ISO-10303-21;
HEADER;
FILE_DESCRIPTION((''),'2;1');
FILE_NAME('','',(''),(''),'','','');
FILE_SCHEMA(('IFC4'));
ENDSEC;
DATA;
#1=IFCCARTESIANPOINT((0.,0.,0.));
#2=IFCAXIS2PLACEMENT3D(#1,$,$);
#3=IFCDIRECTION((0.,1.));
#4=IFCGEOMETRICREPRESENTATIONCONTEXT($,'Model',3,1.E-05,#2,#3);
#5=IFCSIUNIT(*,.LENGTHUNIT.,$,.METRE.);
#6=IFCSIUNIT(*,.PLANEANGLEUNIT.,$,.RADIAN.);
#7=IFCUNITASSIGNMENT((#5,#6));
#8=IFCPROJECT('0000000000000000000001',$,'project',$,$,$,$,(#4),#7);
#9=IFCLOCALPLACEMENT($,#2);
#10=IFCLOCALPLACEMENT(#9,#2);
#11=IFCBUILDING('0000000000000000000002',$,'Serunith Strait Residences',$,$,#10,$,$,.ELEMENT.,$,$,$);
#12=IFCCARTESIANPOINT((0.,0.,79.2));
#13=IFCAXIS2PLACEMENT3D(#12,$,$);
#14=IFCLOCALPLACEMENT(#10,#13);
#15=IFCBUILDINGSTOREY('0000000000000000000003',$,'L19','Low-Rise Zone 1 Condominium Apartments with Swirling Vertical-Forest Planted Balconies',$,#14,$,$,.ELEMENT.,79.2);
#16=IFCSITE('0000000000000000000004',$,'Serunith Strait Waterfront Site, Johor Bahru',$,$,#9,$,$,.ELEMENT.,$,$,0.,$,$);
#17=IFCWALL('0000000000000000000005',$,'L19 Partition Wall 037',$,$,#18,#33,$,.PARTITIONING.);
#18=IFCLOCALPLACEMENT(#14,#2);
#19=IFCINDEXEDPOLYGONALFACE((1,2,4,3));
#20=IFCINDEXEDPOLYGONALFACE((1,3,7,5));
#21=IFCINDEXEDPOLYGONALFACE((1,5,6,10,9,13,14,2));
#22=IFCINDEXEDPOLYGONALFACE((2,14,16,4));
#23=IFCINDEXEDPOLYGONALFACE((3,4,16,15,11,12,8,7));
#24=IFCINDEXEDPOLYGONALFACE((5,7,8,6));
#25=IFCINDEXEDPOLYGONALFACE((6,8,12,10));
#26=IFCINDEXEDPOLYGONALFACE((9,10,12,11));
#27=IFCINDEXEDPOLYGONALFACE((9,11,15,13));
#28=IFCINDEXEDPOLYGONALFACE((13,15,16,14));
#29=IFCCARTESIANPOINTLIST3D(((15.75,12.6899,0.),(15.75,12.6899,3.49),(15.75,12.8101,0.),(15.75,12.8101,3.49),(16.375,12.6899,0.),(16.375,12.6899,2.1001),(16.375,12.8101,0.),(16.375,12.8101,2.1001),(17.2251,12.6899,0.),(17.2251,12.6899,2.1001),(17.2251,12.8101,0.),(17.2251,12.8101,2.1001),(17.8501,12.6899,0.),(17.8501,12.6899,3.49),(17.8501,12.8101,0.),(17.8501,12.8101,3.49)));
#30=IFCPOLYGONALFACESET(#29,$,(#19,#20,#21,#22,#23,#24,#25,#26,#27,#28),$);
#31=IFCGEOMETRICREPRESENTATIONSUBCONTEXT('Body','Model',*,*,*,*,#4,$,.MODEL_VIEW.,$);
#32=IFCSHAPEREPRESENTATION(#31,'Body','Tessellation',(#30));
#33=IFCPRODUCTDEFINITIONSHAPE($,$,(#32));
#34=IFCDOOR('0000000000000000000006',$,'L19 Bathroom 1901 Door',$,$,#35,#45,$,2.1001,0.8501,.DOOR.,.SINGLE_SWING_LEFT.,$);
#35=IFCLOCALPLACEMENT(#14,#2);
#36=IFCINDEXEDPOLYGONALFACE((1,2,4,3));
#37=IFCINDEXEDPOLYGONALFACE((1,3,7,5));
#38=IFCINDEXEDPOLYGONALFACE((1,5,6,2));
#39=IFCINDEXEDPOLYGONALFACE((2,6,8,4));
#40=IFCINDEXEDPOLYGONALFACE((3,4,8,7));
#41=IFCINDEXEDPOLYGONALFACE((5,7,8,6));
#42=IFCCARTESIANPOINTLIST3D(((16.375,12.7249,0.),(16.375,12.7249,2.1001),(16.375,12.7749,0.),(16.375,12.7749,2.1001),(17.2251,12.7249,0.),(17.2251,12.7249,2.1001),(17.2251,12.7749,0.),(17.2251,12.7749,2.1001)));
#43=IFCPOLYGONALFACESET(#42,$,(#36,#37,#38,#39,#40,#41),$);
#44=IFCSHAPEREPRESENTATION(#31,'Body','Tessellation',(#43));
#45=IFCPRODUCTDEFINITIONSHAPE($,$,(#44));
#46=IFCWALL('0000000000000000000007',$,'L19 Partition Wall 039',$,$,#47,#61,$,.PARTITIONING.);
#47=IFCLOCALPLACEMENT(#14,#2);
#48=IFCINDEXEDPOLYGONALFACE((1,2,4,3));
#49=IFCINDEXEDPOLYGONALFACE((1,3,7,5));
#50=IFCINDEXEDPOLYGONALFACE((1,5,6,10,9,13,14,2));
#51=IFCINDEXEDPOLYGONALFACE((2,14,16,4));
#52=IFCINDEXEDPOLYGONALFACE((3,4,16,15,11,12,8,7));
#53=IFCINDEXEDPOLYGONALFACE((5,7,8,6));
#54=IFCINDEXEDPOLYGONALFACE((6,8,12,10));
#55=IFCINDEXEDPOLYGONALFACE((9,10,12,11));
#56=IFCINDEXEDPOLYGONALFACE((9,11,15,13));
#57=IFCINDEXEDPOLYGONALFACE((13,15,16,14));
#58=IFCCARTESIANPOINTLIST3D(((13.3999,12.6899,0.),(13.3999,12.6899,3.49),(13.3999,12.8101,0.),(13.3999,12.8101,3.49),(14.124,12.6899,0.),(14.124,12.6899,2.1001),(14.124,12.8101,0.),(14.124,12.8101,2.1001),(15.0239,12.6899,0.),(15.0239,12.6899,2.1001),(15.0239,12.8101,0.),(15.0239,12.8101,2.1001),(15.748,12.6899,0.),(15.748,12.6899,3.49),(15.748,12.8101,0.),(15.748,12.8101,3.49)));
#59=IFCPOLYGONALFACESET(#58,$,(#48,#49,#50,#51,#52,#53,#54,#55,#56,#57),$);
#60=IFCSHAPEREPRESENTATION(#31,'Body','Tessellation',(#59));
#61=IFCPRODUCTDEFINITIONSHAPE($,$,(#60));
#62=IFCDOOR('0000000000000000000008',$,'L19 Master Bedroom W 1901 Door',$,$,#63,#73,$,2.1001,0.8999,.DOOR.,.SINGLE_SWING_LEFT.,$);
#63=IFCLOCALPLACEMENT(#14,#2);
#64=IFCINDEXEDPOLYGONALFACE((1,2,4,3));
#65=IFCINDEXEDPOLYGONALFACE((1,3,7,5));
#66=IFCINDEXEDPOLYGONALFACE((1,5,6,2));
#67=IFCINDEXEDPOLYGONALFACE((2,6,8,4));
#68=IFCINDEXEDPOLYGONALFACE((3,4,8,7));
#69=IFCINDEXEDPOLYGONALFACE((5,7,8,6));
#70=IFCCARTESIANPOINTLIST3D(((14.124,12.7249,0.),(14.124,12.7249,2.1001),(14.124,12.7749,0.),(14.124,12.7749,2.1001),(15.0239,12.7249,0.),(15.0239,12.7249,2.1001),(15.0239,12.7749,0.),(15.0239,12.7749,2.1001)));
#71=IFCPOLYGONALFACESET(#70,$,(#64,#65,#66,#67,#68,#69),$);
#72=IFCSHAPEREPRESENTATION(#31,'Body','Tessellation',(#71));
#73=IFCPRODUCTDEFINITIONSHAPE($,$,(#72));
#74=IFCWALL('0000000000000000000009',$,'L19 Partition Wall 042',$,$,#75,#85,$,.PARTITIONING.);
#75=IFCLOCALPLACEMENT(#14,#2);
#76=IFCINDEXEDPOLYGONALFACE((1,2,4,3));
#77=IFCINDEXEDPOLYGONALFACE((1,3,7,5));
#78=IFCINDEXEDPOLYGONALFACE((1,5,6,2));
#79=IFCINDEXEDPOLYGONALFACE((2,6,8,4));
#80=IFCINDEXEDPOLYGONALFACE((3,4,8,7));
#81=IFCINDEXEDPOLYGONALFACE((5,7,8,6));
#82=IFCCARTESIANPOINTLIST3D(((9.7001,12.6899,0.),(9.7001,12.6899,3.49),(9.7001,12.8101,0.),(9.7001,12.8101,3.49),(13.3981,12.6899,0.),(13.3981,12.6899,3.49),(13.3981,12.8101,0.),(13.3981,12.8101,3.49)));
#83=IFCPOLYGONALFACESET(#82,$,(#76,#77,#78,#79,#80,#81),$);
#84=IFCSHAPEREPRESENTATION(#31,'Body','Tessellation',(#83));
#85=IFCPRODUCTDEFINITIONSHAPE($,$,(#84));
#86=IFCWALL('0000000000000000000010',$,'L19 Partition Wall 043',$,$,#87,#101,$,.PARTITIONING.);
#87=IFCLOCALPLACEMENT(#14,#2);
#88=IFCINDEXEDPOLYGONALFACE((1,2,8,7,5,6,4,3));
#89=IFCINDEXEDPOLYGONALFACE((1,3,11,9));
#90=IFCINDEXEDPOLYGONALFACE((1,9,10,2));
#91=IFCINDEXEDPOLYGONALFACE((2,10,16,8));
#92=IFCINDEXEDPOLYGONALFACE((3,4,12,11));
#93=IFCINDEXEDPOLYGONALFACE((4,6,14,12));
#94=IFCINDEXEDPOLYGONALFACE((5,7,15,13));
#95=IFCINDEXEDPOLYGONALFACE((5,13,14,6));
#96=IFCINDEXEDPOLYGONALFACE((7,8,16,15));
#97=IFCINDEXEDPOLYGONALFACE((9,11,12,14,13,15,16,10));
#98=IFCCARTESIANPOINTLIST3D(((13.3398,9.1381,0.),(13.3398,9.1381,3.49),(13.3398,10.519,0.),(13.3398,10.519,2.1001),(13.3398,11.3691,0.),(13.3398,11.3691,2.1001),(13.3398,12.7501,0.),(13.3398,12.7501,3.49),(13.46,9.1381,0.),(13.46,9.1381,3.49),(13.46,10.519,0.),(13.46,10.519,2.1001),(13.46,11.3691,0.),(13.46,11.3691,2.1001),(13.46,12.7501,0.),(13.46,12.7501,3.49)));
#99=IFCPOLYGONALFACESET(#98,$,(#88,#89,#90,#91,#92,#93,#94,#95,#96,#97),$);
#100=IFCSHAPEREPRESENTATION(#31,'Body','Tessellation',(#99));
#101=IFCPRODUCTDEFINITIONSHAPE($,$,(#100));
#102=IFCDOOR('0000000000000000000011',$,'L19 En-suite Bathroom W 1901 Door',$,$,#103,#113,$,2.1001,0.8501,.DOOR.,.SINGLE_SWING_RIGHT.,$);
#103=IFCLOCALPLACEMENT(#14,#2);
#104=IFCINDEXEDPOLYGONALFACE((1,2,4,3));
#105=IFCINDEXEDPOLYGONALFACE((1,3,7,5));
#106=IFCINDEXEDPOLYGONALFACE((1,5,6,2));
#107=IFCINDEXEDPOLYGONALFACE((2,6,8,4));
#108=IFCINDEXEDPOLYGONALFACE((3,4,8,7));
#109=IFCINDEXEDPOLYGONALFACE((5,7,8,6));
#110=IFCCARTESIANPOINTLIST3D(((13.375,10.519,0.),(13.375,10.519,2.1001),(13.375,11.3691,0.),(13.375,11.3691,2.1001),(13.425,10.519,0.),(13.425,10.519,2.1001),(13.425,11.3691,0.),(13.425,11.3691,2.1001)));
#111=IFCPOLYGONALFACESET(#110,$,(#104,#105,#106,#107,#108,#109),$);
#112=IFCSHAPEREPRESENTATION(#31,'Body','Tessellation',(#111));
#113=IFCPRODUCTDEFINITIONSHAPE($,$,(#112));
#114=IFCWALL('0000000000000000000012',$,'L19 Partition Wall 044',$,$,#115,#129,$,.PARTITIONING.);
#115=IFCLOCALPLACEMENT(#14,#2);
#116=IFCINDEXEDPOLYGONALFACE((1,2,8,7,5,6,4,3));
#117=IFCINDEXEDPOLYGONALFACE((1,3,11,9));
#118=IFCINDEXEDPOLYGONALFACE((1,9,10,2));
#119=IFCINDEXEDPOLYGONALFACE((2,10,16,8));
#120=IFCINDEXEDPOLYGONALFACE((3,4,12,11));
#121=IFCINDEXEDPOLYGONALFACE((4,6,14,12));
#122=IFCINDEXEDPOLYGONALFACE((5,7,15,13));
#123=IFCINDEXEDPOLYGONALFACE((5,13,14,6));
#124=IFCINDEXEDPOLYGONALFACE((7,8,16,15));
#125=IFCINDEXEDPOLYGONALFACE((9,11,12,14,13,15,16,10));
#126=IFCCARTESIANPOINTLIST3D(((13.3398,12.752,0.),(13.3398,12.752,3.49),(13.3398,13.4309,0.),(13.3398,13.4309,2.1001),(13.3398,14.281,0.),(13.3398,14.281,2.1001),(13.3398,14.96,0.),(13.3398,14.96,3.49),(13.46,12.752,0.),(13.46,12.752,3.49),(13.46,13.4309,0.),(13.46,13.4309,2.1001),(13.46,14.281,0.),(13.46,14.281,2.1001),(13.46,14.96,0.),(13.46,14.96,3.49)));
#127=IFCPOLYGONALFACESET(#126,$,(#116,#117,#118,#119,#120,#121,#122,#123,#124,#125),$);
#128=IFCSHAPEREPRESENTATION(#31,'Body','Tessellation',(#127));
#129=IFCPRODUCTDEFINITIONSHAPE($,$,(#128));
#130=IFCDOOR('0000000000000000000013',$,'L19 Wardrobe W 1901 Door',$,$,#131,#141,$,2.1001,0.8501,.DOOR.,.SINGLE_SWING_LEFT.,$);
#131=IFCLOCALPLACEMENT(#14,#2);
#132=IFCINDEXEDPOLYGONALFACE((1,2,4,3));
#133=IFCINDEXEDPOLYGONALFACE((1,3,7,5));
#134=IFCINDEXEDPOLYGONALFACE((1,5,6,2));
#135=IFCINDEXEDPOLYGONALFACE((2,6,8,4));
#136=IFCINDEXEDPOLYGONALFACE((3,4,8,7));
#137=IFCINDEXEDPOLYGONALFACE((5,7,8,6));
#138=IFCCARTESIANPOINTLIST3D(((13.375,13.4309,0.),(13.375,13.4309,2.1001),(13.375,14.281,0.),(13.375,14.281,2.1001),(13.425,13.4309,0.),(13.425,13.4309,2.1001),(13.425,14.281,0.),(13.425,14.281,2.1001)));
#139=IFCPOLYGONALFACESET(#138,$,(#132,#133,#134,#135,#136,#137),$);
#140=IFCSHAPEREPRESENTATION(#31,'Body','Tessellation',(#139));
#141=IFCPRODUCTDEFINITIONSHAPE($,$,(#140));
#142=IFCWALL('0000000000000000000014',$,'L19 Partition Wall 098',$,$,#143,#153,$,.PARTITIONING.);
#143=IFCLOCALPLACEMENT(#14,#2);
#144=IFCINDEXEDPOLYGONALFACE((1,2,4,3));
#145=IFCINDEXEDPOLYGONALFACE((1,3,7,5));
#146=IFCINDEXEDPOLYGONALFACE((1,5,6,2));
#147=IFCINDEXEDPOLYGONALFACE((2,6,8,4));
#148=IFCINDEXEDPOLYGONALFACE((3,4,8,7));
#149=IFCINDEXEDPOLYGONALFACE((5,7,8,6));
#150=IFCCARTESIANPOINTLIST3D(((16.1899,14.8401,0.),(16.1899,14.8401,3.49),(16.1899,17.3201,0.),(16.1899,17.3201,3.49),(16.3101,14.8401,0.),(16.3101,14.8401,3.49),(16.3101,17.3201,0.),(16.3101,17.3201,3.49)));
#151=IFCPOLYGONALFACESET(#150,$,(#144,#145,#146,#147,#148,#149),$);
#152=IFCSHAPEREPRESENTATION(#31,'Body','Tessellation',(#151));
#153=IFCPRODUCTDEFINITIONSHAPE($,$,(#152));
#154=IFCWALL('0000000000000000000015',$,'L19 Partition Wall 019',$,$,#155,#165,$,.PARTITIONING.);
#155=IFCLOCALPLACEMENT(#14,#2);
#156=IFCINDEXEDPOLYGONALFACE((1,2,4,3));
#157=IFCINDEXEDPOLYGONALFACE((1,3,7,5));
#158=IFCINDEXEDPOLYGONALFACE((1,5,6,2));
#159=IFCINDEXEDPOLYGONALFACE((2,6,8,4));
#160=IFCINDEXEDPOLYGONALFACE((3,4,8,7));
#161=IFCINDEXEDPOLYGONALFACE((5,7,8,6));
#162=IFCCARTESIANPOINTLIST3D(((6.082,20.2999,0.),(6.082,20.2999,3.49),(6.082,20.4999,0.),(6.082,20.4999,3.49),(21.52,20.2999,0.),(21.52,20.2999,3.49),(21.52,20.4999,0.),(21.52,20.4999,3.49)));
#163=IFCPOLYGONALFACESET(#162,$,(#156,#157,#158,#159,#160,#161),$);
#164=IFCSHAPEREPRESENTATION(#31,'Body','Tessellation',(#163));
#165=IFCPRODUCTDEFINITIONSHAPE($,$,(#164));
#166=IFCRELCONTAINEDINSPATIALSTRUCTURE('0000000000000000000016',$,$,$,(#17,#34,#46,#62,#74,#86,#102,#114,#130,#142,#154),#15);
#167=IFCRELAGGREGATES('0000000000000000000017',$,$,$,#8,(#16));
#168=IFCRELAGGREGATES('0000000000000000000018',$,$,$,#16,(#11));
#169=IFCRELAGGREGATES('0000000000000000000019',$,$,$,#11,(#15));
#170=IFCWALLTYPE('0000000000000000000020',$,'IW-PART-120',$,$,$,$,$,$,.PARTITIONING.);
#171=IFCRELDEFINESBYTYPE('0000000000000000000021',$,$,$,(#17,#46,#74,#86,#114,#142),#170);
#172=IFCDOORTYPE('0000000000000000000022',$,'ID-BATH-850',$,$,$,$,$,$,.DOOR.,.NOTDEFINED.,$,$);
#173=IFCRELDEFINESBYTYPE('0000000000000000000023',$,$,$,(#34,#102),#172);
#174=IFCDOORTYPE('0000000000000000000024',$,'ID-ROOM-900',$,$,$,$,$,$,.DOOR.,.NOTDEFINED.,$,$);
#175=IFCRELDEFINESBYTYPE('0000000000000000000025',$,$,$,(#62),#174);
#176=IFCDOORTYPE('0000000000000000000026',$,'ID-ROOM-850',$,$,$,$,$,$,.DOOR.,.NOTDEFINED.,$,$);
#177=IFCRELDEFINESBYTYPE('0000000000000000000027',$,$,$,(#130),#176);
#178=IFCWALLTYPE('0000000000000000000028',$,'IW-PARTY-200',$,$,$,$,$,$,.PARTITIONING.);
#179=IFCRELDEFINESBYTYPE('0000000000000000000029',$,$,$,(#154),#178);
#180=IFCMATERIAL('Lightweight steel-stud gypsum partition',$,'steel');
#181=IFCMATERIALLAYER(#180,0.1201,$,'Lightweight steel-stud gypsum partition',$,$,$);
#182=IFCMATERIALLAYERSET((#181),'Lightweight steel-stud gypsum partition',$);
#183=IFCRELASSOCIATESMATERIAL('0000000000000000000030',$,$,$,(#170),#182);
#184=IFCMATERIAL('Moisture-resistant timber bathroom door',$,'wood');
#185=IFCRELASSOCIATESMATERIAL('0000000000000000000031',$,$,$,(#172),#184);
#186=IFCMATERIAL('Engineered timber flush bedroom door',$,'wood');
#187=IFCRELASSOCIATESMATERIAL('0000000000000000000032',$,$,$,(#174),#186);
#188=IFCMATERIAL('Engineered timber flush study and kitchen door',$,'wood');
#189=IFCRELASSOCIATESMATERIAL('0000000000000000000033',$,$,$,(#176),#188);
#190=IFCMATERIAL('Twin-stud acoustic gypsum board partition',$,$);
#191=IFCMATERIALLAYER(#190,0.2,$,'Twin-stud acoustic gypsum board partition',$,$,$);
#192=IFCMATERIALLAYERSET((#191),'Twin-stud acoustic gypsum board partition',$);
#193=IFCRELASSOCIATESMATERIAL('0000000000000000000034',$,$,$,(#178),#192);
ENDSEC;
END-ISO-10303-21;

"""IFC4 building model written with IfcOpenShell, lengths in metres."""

from ifc_helpers import new_model, si_unit, direction, frame, frame_2d, origin, place, context, subcontext, project, spatial, rectangle, extrude, source, transform, mapped, material, layer, layer_set, type_object, element, fill, save


model = new_model("IFC4")

# Units and contexts
model_context = context("Model", 3, precision=1e-05, world=origin(), true_north=direction((0.0, 1.0)))
body_context = subcontext(model_context, "Body", "Model", "MODEL_VIEW")
ifc_project = project(units=[si_unit("LENGTHUNIT", "METRE"), si_unit("PLANEANGLEUNIT", "RADIAN")], contexts=[model_context])

# Site, building, storey
site_placement = place(None, origin())
site = spatial("IfcSite", under=ifc_project, at=site_placement, Name="Serunith Strait Waterfront Site, Johor Bahru", CompositionType="ELEMENT", RefElevation=0.0)
building_placement = place(site_placement, origin())
building = spatial("IfcBuilding", under=site, at=building_placement, Name="Serunith Strait Residences", CompositionType="ELEMENT")
storey_placement = place(building_placement, frame((0.0, 0.0, 79.2)))
storey = spatial("IfcBuildingStorey", under=building, at=storey_placement, Name="L19", Description="Low-Rise Zone 1 Condominium Apartments with Swirling Vertical-Forest Planted Balconies", CompositionType="ELEMENT", Elevation=79.2)

# Walls, openings, doors
ifc_material_1 = material(Name="Lightweight steel-stud gypsum partition", Category="steel")
ifc_layer_1 = layer(ifc_material_1, 0.1201, Name="Lightweight steel-stud gypsum partition")
ifc_layer_set_1 = layer_set([ifc_layer_1], Name="Lightweight steel-stud gypsum partition")
wall_type_1 = type_object("IfcWallType", Name="IW-PART-120", PredefinedType="PARTITIONING", material=ifc_layer_set_1)
wall_1_placement = place(storey_placement, frame((15.75, 12.75, 0.0), z_axis=(0.0, 0.0, 1.0), x_axis=(1.0, 0.0, 0.0)))
wall_1 = element("IfcWall", 1, at=wall_1_placement, inside=storey, type_object=wall_type_1, Name="L19 Partition Wall 037", PredefinedType="PARTITIONING", context=body_context, shape_type="SweptSolid", body=[
    extrude(rectangle(XDim=2.1001, YDim=0.1201, at=frame_2d((1.05, 0.0))), origin(), (0.0, 0.0, 1.0), 3.49),
])
opening_1_placement = place(wall_1_placement, frame((0.625, 0.0, 0.0)))
opening_1 = element("IfcOpeningElement", 2, at=opening_1_placement, cuts=wall_1, PredefinedType="OPENING", context=body_context, shape_type="SweptSolid", body=[
    extrude(rectangle(XDim=0.8501, YDim=2.1001, at=frame_2d((0.425, 1.05))), frame((0.0, 0.0701, 0.0), z_axis=(0.0, -1.0, 0.0), x_axis=(1.0, 0.0, 0.0)), (0.0, 0.0, 1.0), 0.1401),
])
ifc_material_2 = material(Name="Moisture-resistant timber bathroom door", Category="wood")
door_type_1 = type_object("IfcDoorType", Name="ID-BATH-850", OperationType="NOTDEFINED", PredefinedType="DOOR", material=ifc_material_2)
shared_shape_1 = source(origin(), body_context, "Body", "SweptSolid", [
    extrude(rectangle(XDim=0.8501, YDim=2.1001, at=frame_2d((0.425, 1.05))), frame((0.0, 0.0249, 0.0), z_axis=(0.0, -1.0, 0.0), x_axis=(1.0, 0.0, 0.0)), (0.0, 0.0, 1.0), 0.05),
])
door_1_placement = place(opening_1_placement, origin())
door_1 = element("IfcDoor", 3, at=door_1_placement, inside=storey, type_object=door_type_1, Name="L19 Bathroom 1901 Door", OperationType="SINGLE_SWING_LEFT", OverallHeight=2.1001, OverallWidth=0.8501, PredefinedType="DOOR", context=body_context, shape_type="MappedRepresentation", body=[
    mapped(shared_shape_1, transform((0.0, 0.0, 0.0), scale=1.0)),
])
fill(opening_1, door_1)
wall_2_placement = place(storey_placement, frame((13.3999, 12.75, 0.0), z_axis=(0.0, 0.0, 1.0), x_axis=(1.0, 0.0, 0.0)))
wall_2 = element("IfcWall", 4, at=wall_2_placement, inside=storey, type_object=wall_type_1, Name="L19 Partition Wall 039", PredefinedType="PARTITIONING", context=body_context, shape_type="SweptSolid", body=[
    extrude(rectangle(XDim=2.3481, YDim=0.1201, at=frame_2d((1.1741, 0.0))), origin(), (0.0, 0.0, 1.0), 3.49),
])
opening_2_placement = place(wall_2_placement, frame((0.7241, 0.0, 0.0)))
opening_2 = element("IfcOpeningElement", 5, at=opening_2_placement, cuts=wall_2, PredefinedType="OPENING", context=body_context, shape_type="SweptSolid", body=[
    extrude(rectangle(XDim=0.8999, YDim=2.1001, at=frame_2d((0.45, 1.05))), frame((0.0, 0.0701, 0.0), z_axis=(0.0, -1.0, 0.0), x_axis=(1.0, 0.0, 0.0)), (0.0, 0.0, 1.0), 0.1401),
])
ifc_material_3 = material(Name="Engineered timber flush bedroom door", Category="wood")
door_type_2 = type_object("IfcDoorType", Name="ID-ROOM-900", OperationType="NOTDEFINED", PredefinedType="DOOR", material=ifc_material_3)
shared_shape_2 = source(origin(), body_context, "Body", "SweptSolid", [
    extrude(rectangle(XDim=0.8999, YDim=2.1001, at=frame_2d((0.45, 1.05))), frame((0.0, 0.0249, 0.0), z_axis=(0.0, -1.0, 0.0), x_axis=(1.0, 0.0, 0.0)), (0.0, 0.0, 1.0), 0.05),
])
door_2_placement = place(opening_2_placement, origin())
door_2 = element("IfcDoor", 6, at=door_2_placement, inside=storey, type_object=door_type_2, Name="L19 Master Bedroom W 1901 Door", OperationType="SINGLE_SWING_LEFT", OverallHeight=2.1001, OverallWidth=0.8999, PredefinedType="DOOR", context=body_context, shape_type="MappedRepresentation", body=[
    mapped(shared_shape_2, transform((0.0, 0.0, 0.0), scale=1.0)),
])
fill(opening_2, door_2)

# Wall
wall_3_placement = place(storey_placement, frame((9.7, 12.75, 0.0), z_axis=(0.0, 0.0, 1.0), x_axis=(1.0, 0.0, 0.0)))
element("IfcWall", 7, at=wall_3_placement, inside=storey, type_object=wall_type_1, Name="L19 Partition Wall 042", PredefinedType="PARTITIONING", context=body_context, shape_type="SweptSolid", body=[
    extrude(rectangle(XDim=3.698, YDim=0.1201, at=frame_2d((1.8491, 0.0))), origin(), (0.0, 0.0, 1.0), 3.49),
])

# Walls, openings, doors
wall_4_placement = place(storey_placement, frame((13.3999, 9.1379, 0.0), z_axis=(0.0, 0.0, 1.0), x_axis=(0.0, 1.0, 0.0)))
wall_4 = element("IfcWall", 8, at=wall_4_placement, inside=storey, type_object=wall_type_1, Name="L19 Partition Wall 043", PredefinedType="PARTITIONING", context=body_context, shape_type="SweptSolid", body=[
    extrude(rectangle(XDim=3.6121, YDim=0.1201, at=frame_2d((1.8062, 0.0))), origin(), (0.0, 0.0, 1.0), 3.49),
])
opening_3_placement = place(wall_4_placement, frame((1.3811, 0.0, 0.0)))
opening_3 = element("IfcOpeningElement", 9, at=opening_3_placement, cuts=wall_4, PredefinedType="OPENING", context=body_context, shape_type="SweptSolid", body=[
    extrude(rectangle(XDim=0.8501, YDim=2.1001, at=frame_2d((0.425, 1.05))), frame((0.0, 0.0701, 0.0), z_axis=(0.0, -1.0, 0.0), x_axis=(1.0, 0.0, 0.0)), (0.0, 0.0, 1.0), 0.1401),
])
door_3_placement = place(opening_3_placement, origin())
door_3 = element("IfcDoor", 10, at=door_3_placement, inside=storey, type_object=door_type_1, Name="L19 En-suite Bathroom W 1901 Door", OperationType="SINGLE_SWING_RIGHT", OverallHeight=2.1001, OverallWidth=0.8501, PredefinedType="DOOR", context=body_context, shape_type="MappedRepresentation", body=[
    mapped(shared_shape_1, transform((0.0, 0.0, 0.0), scale=1.0)),
])
fill(opening_3, door_3)
wall_5_placement = place(storey_placement, frame((13.3999, 12.752, 0.0), z_axis=(0.0, 0.0, 1.0), x_axis=(0.0, 1.0, 0.0)))
wall_5 = element("IfcWall", 11, at=wall_5_placement, inside=storey, type_object=wall_type_1, Name="L19 Partition Wall 044", PredefinedType="PARTITIONING", context=body_context, shape_type="SweptSolid", body=[
    extrude(rectangle(XDim=2.208, YDim=0.1201, at=frame_2d((1.104, 0.0))), origin(), (0.0, 0.0, 1.0), 3.49),
])
opening_4_placement = place(wall_5_placement, frame((0.679, 0.0, 0.0)))
opening_4 = element("IfcOpeningElement", 12, at=opening_4_placement, cuts=wall_5, PredefinedType="OPENING", context=body_context, shape_type="SweptSolid", body=[
    extrude(rectangle(XDim=0.8501, YDim=2.1001, at=frame_2d((0.425, 1.05))), frame((0.0, 0.0701, 0.0), z_axis=(0.0, -1.0, 0.0), x_axis=(1.0, 0.0, 0.0)), (0.0, 0.0, 1.0), 0.1401),
])
ifc_material_4 = material(Name="Engineered timber flush study and kitchen door", Category="wood")
door_type_3 = type_object("IfcDoorType", Name="ID-ROOM-850", OperationType="NOTDEFINED", PredefinedType="DOOR", material=ifc_material_4)
door_4_placement = place(opening_4_placement, origin())
door_4 = element("IfcDoor", 13, at=door_4_placement, inside=storey, type_object=door_type_3, Name="L19 Wardrobe W 1901 Door", OperationType="SINGLE_SWING_LEFT", OverallHeight=2.1001, OverallWidth=0.8501, PredefinedType="DOOR", context=body_context, shape_type="MappedRepresentation", body=[
    mapped(shared_shape_1, transform((0.0, 0.0, 0.0), scale=1.0)),
])
fill(opening_4, door_4)

# Walls
wall_6_placement = place(storey_placement, frame((16.25, 14.8401, 0.0), z_axis=(0.0, 0.0, 1.0), x_axis=(0.0, 1.0, 0.0)))
element("IfcWall", 14, at=wall_6_placement, inside=storey, type_object=wall_type_1, Name="L19 Partition Wall 098", PredefinedType="PARTITIONING", context=body_context, shape_type="SweptSolid", body=[
    extrude(rectangle(XDim=2.48, YDim=0.1201, at=frame_2d((1.24, 0.0))), origin(), (0.0, 0.0, 1.0), 3.49),
])
ifc_material_5 = material(Name="Twin-stud acoustic gypsum board partition")
ifc_layer_2 = layer(ifc_material_5, 0.2, Name="Twin-stud acoustic gypsum board partition")
ifc_layer_set_2 = layer_set([ifc_layer_2], Name="Twin-stud acoustic gypsum board partition")
wall_type_2 = type_object("IfcWallType", Name="IW-PARTY-200", PredefinedType="PARTITIONING", material=ifc_layer_set_2)
wall_7_placement = place(storey_placement, frame((6.082, 20.3999, 0.0), z_axis=(0.0, 0.0, 1.0), x_axis=(1.0, 0.0, 0.0)))
element("IfcWall", 15, at=wall_7_placement, inside=storey, type_object=wall_type_2, Name="L19 Partition Wall 019", PredefinedType="PARTITIONING", context=body_context, shape_type="SweptSolid", body=[
    extrude(rectangle(XDim=15.438, YDim=0.2, at=frame_2d((7.719, 0.0))), origin(), (0.0, 0.0, 1.0), 3.49),
])

save(model, "model.ifc")
